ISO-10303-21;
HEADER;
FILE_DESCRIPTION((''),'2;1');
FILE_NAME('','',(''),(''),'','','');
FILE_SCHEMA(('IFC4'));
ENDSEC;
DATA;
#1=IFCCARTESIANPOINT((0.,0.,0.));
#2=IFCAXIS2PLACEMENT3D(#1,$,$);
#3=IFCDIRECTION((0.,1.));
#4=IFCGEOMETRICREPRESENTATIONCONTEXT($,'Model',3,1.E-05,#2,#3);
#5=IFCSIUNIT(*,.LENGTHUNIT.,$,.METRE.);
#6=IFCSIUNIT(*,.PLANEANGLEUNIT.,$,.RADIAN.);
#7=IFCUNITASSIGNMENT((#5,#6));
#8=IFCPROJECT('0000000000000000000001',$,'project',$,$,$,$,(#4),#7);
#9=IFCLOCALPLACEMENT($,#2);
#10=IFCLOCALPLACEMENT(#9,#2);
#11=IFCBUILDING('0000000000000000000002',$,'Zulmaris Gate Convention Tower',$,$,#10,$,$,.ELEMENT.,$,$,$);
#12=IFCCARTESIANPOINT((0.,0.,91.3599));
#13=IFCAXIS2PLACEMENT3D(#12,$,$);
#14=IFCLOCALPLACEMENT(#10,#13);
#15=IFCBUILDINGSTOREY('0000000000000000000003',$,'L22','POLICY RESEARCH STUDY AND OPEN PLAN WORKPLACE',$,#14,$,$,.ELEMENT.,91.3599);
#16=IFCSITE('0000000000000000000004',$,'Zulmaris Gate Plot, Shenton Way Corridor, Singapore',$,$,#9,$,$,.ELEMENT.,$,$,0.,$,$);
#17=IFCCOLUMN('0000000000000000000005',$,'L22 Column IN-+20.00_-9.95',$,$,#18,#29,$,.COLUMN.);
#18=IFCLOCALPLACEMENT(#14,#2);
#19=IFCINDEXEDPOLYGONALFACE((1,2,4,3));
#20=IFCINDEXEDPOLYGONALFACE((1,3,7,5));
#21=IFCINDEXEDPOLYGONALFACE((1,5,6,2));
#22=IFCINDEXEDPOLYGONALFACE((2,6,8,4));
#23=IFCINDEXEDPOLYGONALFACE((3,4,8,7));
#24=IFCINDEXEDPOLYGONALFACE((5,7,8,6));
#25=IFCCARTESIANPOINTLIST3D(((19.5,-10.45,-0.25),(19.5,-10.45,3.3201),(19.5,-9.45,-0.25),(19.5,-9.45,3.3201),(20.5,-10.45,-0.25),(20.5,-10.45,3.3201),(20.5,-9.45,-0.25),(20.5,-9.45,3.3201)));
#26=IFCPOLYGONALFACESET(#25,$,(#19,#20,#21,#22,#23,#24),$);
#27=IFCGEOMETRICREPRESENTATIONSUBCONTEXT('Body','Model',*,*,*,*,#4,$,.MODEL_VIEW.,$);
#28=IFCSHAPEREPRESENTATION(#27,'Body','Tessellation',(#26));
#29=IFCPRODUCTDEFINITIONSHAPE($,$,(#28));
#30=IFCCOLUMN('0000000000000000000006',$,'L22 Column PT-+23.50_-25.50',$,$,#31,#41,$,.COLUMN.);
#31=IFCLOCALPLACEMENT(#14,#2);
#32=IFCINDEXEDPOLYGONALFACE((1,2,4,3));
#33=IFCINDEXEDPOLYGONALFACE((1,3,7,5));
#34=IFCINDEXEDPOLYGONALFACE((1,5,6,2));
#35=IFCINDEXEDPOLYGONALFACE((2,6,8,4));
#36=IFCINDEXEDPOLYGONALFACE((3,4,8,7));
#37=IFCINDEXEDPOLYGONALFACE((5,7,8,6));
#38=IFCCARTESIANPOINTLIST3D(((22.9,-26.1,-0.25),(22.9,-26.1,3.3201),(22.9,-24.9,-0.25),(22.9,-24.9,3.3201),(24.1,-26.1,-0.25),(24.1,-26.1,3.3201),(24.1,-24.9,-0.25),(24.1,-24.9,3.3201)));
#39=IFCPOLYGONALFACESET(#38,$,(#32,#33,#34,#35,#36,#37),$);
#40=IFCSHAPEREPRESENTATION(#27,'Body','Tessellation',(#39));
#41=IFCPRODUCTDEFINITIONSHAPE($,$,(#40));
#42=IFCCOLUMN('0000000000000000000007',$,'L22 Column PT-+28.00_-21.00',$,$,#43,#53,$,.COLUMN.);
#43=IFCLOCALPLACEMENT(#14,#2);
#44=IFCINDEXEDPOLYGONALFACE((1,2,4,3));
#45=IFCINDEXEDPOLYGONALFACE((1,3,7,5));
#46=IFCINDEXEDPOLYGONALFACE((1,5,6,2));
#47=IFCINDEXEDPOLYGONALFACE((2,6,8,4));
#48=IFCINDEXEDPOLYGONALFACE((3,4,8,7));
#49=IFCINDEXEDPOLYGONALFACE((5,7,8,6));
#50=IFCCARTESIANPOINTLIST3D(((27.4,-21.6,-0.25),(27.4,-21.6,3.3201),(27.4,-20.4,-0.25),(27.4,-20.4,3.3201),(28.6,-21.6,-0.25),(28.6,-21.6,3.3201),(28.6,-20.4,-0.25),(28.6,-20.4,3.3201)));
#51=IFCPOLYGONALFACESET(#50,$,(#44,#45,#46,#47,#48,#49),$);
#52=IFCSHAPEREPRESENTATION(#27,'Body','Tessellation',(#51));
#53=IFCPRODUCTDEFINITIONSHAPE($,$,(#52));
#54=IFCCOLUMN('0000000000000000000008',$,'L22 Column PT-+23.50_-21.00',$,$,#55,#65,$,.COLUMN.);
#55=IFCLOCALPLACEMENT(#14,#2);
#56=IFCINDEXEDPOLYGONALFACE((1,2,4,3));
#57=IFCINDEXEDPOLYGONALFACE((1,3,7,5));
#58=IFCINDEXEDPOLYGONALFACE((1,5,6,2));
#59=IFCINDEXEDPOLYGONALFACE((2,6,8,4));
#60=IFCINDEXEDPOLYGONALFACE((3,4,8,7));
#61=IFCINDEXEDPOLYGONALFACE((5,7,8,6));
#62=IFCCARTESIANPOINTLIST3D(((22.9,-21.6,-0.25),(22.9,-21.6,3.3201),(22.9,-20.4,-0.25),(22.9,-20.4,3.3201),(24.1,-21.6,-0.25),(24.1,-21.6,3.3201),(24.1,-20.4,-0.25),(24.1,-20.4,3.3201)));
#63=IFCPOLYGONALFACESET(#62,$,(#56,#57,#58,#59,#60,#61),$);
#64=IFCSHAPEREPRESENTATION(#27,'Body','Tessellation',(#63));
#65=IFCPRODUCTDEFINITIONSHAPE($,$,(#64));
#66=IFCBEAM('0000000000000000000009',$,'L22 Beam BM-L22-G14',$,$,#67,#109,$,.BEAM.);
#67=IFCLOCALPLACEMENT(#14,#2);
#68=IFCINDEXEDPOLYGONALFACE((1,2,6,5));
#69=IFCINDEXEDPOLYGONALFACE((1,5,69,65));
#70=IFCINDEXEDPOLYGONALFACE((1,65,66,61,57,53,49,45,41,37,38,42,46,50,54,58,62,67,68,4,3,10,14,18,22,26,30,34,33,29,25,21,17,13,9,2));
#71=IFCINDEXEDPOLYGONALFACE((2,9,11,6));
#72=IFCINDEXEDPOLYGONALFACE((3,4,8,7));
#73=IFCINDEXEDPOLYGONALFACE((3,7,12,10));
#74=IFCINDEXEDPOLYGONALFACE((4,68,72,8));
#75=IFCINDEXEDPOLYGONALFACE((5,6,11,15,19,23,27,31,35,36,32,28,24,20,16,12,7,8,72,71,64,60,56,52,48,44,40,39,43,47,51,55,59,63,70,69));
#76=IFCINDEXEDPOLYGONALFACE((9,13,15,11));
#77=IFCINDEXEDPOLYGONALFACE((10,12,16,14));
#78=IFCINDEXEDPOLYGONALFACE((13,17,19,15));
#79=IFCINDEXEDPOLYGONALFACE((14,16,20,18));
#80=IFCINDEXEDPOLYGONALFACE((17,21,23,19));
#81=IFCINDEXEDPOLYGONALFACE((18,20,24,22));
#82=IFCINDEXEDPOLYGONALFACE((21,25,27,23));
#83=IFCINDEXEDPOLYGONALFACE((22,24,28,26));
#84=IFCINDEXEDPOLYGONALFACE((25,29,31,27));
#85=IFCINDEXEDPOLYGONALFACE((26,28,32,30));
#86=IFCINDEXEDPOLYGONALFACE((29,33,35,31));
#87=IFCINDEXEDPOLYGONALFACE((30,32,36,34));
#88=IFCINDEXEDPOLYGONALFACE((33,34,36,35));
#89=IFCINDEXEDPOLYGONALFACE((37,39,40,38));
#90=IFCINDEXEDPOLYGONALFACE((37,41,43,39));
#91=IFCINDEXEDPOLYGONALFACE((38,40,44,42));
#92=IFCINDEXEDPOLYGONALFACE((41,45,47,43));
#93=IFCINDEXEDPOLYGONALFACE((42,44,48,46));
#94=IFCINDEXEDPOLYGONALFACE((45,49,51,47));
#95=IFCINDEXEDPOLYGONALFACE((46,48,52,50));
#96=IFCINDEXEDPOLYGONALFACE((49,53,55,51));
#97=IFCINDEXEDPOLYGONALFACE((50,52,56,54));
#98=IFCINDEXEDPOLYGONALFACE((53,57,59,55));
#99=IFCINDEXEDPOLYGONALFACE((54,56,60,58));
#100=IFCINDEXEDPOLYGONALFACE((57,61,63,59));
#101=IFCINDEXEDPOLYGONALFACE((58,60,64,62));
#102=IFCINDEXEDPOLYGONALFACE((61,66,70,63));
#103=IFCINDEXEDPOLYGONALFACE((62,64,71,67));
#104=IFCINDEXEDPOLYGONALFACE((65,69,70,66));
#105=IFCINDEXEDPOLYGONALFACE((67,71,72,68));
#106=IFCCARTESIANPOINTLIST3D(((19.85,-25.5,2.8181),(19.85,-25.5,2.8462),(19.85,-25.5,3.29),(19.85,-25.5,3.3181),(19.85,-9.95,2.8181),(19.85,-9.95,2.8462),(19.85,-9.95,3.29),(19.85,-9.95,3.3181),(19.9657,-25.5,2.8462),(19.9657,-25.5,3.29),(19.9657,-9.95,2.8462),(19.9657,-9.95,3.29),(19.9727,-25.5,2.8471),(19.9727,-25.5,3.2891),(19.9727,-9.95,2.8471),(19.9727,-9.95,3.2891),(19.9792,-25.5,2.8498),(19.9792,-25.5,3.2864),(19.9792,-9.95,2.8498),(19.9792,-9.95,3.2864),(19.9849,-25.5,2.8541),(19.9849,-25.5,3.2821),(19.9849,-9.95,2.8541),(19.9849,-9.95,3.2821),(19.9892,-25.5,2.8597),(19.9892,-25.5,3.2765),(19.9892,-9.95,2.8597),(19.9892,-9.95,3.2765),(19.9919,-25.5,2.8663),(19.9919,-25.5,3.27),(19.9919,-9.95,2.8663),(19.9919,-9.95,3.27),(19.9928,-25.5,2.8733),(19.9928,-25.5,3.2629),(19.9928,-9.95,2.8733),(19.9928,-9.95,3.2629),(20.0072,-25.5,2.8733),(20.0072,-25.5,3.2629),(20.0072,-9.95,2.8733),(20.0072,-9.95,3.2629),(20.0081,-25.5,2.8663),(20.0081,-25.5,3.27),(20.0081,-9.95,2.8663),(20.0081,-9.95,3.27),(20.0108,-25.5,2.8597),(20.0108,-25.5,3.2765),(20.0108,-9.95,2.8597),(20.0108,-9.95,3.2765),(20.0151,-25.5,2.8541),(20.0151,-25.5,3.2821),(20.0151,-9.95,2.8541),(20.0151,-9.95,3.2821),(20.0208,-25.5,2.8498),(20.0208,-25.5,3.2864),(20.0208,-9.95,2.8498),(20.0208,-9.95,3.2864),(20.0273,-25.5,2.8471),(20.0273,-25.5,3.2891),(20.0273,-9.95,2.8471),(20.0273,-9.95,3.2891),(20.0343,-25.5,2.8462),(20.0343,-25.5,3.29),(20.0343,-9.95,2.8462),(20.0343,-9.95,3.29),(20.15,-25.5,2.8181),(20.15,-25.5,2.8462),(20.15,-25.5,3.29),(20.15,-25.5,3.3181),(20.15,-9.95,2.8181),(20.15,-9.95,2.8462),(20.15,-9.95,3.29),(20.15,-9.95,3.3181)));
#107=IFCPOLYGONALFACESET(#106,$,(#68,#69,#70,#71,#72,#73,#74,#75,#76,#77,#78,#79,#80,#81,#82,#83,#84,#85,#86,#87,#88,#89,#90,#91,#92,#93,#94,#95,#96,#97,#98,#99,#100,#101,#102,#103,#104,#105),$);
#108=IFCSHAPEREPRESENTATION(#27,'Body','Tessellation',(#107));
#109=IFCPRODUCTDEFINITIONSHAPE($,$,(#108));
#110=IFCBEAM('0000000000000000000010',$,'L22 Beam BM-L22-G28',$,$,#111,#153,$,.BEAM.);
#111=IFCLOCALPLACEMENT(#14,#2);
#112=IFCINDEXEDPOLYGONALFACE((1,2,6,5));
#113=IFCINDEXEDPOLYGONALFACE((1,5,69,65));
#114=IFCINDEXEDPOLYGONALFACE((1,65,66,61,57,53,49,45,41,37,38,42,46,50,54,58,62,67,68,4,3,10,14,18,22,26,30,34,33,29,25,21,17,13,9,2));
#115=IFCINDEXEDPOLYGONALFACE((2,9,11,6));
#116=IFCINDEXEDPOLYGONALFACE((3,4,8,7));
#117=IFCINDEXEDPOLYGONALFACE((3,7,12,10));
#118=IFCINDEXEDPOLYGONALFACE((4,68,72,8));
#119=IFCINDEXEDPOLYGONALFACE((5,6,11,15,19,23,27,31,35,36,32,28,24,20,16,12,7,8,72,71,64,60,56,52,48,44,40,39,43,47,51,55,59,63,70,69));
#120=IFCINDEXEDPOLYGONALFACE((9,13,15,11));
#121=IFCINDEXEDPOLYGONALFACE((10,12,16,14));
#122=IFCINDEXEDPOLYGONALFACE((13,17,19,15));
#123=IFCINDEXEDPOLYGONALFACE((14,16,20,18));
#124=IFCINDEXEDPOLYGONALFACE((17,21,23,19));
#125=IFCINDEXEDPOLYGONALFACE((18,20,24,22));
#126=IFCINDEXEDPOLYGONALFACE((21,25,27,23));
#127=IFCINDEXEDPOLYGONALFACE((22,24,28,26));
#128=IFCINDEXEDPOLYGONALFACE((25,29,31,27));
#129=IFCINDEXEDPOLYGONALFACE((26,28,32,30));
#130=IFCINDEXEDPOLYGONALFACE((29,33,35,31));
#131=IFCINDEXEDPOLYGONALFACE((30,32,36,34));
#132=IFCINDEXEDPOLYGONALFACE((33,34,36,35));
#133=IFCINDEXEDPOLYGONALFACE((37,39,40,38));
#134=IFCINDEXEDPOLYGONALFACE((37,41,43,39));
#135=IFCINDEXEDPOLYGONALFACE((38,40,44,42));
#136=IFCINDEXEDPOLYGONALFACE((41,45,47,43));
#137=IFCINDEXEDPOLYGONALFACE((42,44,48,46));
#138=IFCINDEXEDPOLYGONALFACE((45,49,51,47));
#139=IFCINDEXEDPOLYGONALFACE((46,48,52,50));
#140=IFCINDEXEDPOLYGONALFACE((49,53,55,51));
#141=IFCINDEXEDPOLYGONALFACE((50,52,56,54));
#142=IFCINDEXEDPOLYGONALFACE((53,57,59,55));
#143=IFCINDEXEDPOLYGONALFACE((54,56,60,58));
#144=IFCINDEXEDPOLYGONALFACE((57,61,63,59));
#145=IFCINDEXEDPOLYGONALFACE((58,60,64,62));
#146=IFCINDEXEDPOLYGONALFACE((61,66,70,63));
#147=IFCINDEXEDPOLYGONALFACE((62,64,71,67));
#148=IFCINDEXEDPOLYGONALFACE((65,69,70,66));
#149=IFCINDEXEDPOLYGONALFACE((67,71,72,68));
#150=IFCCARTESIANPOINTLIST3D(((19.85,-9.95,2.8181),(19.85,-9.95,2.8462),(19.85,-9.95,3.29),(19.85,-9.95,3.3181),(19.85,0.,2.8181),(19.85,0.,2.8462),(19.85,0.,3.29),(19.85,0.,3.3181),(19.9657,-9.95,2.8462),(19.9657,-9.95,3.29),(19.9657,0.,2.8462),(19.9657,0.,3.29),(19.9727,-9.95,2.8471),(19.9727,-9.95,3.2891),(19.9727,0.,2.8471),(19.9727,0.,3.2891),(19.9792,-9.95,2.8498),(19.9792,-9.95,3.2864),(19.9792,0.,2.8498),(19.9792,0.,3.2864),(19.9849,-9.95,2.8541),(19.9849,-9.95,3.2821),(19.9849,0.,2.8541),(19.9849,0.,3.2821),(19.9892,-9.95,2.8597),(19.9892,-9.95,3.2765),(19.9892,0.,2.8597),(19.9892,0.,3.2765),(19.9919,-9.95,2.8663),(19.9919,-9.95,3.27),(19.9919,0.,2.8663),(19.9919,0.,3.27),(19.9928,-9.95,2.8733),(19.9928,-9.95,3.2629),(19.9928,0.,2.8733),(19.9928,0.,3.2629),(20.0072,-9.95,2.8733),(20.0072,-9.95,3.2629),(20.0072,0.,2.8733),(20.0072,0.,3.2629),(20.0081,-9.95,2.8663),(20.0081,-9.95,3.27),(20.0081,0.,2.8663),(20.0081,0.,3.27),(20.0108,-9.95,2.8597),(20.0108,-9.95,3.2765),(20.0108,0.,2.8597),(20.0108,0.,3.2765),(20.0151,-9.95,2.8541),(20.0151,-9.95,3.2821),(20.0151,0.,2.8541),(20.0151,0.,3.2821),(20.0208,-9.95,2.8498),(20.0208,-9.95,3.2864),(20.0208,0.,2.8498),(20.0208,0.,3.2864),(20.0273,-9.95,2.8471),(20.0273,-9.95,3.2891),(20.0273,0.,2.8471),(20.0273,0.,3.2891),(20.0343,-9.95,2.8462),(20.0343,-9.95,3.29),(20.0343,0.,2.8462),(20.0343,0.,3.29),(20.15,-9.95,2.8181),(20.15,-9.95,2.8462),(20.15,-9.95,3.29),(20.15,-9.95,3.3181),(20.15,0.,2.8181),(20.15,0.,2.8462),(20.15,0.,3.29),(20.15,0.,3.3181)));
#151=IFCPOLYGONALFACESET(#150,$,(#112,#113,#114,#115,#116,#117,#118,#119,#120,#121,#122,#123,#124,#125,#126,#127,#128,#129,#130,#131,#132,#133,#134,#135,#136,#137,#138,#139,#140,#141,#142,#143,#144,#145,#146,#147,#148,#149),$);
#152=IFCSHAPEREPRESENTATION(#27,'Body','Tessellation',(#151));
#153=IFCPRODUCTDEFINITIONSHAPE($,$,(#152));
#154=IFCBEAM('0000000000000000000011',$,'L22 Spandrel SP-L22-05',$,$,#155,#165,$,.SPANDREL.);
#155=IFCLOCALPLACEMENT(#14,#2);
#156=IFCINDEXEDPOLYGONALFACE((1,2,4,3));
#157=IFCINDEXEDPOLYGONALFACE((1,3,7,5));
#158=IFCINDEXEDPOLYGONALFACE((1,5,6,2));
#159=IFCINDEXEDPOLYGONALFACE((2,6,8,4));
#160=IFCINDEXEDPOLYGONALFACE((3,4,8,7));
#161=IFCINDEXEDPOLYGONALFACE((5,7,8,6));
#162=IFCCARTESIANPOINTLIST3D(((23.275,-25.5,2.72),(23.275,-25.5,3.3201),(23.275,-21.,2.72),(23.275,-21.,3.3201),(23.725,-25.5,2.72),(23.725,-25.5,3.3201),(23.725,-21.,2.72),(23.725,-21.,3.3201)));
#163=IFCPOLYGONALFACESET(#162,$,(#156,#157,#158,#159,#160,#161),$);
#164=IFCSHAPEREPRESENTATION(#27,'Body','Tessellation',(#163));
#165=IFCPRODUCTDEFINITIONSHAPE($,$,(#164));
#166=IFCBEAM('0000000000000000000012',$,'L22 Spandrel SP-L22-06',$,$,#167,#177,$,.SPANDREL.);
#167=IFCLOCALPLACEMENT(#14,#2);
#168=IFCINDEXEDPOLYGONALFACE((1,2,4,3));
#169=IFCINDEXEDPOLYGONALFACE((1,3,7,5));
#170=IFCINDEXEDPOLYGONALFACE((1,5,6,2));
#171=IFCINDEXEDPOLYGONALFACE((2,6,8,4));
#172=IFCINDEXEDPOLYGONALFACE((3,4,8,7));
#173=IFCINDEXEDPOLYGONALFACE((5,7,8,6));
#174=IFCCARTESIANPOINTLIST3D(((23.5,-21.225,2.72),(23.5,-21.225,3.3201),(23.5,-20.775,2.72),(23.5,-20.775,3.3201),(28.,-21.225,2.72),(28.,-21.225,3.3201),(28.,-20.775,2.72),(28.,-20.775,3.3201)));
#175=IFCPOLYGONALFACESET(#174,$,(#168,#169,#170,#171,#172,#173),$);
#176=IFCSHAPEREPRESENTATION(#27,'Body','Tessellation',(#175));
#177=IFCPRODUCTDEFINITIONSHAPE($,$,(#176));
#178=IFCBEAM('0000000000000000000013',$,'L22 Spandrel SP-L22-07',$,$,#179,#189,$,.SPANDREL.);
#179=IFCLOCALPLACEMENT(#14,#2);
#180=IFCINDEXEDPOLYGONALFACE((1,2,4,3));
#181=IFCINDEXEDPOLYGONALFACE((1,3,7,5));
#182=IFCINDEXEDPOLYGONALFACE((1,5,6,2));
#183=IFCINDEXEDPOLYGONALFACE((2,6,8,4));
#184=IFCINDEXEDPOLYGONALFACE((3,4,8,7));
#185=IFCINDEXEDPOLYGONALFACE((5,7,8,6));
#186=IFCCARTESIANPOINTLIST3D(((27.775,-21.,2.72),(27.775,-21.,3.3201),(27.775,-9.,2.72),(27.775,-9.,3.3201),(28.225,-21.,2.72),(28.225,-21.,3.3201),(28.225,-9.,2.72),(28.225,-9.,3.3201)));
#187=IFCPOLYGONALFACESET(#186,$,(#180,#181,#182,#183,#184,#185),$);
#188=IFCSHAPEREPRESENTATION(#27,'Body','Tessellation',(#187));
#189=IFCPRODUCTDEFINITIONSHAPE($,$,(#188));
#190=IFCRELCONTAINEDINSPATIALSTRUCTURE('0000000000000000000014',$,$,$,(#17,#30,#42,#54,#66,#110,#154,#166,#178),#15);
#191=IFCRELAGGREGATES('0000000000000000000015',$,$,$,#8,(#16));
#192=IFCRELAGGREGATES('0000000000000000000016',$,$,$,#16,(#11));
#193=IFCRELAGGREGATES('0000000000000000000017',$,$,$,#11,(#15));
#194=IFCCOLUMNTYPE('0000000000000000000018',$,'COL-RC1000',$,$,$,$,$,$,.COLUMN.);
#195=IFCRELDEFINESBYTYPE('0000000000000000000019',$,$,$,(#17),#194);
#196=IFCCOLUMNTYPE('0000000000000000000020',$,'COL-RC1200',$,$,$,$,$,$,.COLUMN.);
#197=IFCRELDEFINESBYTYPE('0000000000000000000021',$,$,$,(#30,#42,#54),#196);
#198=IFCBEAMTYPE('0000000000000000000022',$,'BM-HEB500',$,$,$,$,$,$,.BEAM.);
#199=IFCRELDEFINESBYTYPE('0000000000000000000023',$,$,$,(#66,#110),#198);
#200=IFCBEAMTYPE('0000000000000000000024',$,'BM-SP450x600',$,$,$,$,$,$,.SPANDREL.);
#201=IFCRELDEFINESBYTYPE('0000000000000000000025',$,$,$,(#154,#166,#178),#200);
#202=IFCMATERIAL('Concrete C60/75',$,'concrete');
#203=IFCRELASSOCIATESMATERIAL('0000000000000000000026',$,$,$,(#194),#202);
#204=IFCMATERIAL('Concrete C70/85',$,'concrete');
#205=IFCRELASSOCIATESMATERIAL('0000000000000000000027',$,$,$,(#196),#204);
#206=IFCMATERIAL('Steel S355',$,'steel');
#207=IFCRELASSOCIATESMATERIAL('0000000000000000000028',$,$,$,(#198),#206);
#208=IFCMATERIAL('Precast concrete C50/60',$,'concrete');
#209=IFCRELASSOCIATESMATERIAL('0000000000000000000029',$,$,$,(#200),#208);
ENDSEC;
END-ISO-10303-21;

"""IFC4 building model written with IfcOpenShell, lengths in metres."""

from ifc_helpers import new_model, si_unit, direction, frame, origin, origin_2d, place, context, subcontext, project, spatial, rectangle, i_section, extrude, material, material_profile, profile_set, type_object, element, save


model = new_model("IFC4")

# Units and contexts
model_context = context("Model", 3, precision=1e-05, world=origin(), true_north=direction((0.0, 1.0)))
body_context = subcontext(model_context, "Body", "Model", "MODEL_VIEW")
ifc_project = project(units=[si_unit("LENGTHUNIT", "METRE"), si_unit("PLANEANGLEUNIT", "RADIAN")], contexts=[model_context])

# Site, building, storey
site_placement = place(None, origin())
site = spatial("IfcSite", under=ifc_project, at=site_placement, Name="Zulmaris Gate Plot, Shenton Way Corridor, Singapore", CompositionType="ELEMENT", RefElevation=0.0)
building_placement = place(site_placement, origin())
building = spatial("IfcBuilding", under=site, at=building_placement, Name="Zulmaris Gate Convention Tower", CompositionType="ELEMENT")
storey_placement = place(building_placement, frame((0.0, 0.0, 91.3599)))
storey = spatial("IfcBuildingStorey", under=building, at=storey_placement, Name="L22", Description="POLICY RESEARCH STUDY AND OPEN PLAN WORKPLACE", CompositionType="ELEMENT", Elevation=91.3599)

# Columns
ifc_material_1 = material(Name="Concrete C60/75", Category="concrete")
ifc_material_profile_1 = material_profile(ifc_material_1, rectangle(XDim=1.0, YDim=1.0, at=origin_2d()), Name="RC COL 1000x1000")
ifc_profile_set_1 = profile_set([ifc_material_profile_1], Name="Concrete C60/75")
column_type_1 = type_object("IfcColumnType", Name="COL-RC1000", PredefinedType="COLUMN", material=ifc_profile_set_1)
column_placement = place(storey_placement, frame((20.0, -9.95, -0.25), z_axis=(0.0, 0.0, 1.0), x_axis=(1.0, 0.0, 0.0)))
element("IfcColumn", 1, at=column_placement, inside=storey, type_object=column_type_1, Name="L22 Column IN-+20.00_-9.95", PredefinedType="COLUMN", context=body_context, shape_type="SweptSolid", body=[
    extrude(rectangle(XDim=1.0, YDim=1.0, at=origin_2d()), origin(), (0.0, 0.0, 1.0), 3.5701),
])
ifc_material_2 = material(Name="Concrete C70/85", Category="concrete")
ifc_material_profile_2 = material_profile(ifc_material_2, rectangle(XDim=1.2, YDim=1.2, at=origin_2d()), Name="RC COL 1200x1200")
ifc_profile_set_2 = profile_set([ifc_material_profile_2], Name="Concrete C70/85")
column_type_2 = type_object("IfcColumnType", Name="COL-RC1200", PredefinedType="COLUMN", material=ifc_profile_set_2)
for number, where, z_axis, x_axis, name in (
    (2, (23.5, -25.5, -0.25), (0.0, 0.0, 1.0), (1.0, 0.0, 0.0), "L22 Column PT-+23.50_-25.50"),
    (3, (28.0, -21.0, -0.25), (0.0, 0.0, 1.0), (1.0, 0.0, 0.0), "L22 Column PT-+28.00_-21.00"),
    (4, (23.5, -21.0, -0.25), (0.0, 0.0, 1.0), (1.0, 0.0, 0.0), "L22 Column PT-+23.50_-21.00"),
):
    element("IfcColumn", number, at=place(storey_placement, frame(where, z_axis=z_axis, x_axis=x_axis)), inside=storey, type_object=column_type_2, Name=name, PredefinedType="COLUMN", context=body_context, shape_type="SweptSolid", body=[
        extrude(rectangle(XDim=1.2, YDim=1.2, at=origin_2d()), origin(), (0.0, 0.0, 1.0), 3.5701),
    ])

# Beams
ifc_material_3 = material(Name="Steel S355", Category="steel")
ifc_material_profile_3 = material_profile(ifc_material_3, i_section(OverallWidth=0.3, OverallDepth=0.5, WebThickness=0.0144, FlangeThickness=0.0281, FilletRadius=0.0271, at=origin_2d()), Name="HEB 500")
ifc_profile_set_3 = profile_set([ifc_material_profile_3], Name="Steel S355")
beam_type_1 = type_object("IfcBeamType", Name="BM-HEB500", PredefinedType="BEAM", material=ifc_profile_set_3)
beam_1_placement = place(storey_placement, frame((20.0, -25.5, 3.0681), z_axis=(0.0, 1.0, 0.0), x_axis=(-1.0, 0.0, 0.0)))
element("IfcBeam", 5, at=beam_1_placement, inside=storey, type_object=beam_type_1, Name="L22 Beam BM-L22-G14", PredefinedType="BEAM", context=body_context, shape_type="SweptSolid", body=[
    extrude(i_section(OverallWidth=0.3, OverallDepth=0.5, WebThickness=0.0144, FlangeThickness=0.0281, FilletRadius=0.0271, at=origin_2d()), origin(), (0.0, 0.0, 1.0), 15.55),
])
beam_2_placement = place(storey_placement, frame((20.0, -9.95, 3.0681), z_axis=(0.0, 1.0, 0.0), x_axis=(-1.0, 0.0, 0.0)))
element("IfcBeam", 6, at=beam_2_placement, inside=storey, type_object=beam_type_1, Name="L22 Beam BM-L22-G28", PredefinedType="BEAM", context=body_context, shape_type="SweptSolid", body=[
    extrude(i_section(OverallWidth=0.3, OverallDepth=0.5, WebThickness=0.0144, FlangeThickness=0.0281, FilletRadius=0.0271, at=origin_2d()), origin(), (0.0, 0.0, 1.0), 9.95),
])
ifc_material_4 = material(Name="Precast concrete C50/60", Category="concrete")
ifc_material_profile_4 = material_profile(ifc_material_4, rectangle(XDim=0.45, YDim=0.6001, at=origin_2d()), Name="RC SPANDREL 450x600")
ifc_profile_set_4 = profile_set([ifc_material_profile_4], Name="Precast concrete C50/60")
beam_type_2 = type_object("IfcBeamType", Name="BM-SP450x600", PredefinedType="SPANDREL", material=ifc_profile_set_4)
for number, where, z_axis, x_axis, name in (
    (7, (23.5, -25.5, 3.02), (0.0, 1.0, 0.0), (-1.0, 0.0, 0.0), "L22 Spandrel SP-L22-05"),
    (8, (23.5, -21.0, 3.02), (1.0, 0.0, 0.0), (0.0, 1.0, 0.0), "L22 Spandrel SP-L22-06"),
):
    element("IfcBeam", number, at=place(storey_placement, frame(where, z_axis=z_axis, x_axis=x_axis)), inside=storey, type_object=beam_type_2, Name=name, PredefinedType="SPANDREL", context=body_context, shape_type="SweptSolid", body=[
        extrude(rectangle(XDim=0.45, YDim=0.6001, at=origin_2d()), origin(), (0.0, 0.0, 1.0), 4.5),
    ])
beam_3_placement = place(storey_placement, frame((28.0, -21.0, 3.02), z_axis=(0.0, 1.0, 0.0), x_axis=(-1.0, 0.0, 0.0)))
element("IfcBeam", 9, at=beam_3_placement, inside=storey, type_object=beam_type_2, Name="L22 Spandrel SP-L22-07", PredefinedType="SPANDREL", context=body_context, shape_type="SweptSolid", body=[
    extrude(rectangle(XDim=0.45, YDim=0.6001, at=origin_2d()), origin(), (0.0, 0.0, 1.0), 12.0),
])

save(model, "model.ifc")
